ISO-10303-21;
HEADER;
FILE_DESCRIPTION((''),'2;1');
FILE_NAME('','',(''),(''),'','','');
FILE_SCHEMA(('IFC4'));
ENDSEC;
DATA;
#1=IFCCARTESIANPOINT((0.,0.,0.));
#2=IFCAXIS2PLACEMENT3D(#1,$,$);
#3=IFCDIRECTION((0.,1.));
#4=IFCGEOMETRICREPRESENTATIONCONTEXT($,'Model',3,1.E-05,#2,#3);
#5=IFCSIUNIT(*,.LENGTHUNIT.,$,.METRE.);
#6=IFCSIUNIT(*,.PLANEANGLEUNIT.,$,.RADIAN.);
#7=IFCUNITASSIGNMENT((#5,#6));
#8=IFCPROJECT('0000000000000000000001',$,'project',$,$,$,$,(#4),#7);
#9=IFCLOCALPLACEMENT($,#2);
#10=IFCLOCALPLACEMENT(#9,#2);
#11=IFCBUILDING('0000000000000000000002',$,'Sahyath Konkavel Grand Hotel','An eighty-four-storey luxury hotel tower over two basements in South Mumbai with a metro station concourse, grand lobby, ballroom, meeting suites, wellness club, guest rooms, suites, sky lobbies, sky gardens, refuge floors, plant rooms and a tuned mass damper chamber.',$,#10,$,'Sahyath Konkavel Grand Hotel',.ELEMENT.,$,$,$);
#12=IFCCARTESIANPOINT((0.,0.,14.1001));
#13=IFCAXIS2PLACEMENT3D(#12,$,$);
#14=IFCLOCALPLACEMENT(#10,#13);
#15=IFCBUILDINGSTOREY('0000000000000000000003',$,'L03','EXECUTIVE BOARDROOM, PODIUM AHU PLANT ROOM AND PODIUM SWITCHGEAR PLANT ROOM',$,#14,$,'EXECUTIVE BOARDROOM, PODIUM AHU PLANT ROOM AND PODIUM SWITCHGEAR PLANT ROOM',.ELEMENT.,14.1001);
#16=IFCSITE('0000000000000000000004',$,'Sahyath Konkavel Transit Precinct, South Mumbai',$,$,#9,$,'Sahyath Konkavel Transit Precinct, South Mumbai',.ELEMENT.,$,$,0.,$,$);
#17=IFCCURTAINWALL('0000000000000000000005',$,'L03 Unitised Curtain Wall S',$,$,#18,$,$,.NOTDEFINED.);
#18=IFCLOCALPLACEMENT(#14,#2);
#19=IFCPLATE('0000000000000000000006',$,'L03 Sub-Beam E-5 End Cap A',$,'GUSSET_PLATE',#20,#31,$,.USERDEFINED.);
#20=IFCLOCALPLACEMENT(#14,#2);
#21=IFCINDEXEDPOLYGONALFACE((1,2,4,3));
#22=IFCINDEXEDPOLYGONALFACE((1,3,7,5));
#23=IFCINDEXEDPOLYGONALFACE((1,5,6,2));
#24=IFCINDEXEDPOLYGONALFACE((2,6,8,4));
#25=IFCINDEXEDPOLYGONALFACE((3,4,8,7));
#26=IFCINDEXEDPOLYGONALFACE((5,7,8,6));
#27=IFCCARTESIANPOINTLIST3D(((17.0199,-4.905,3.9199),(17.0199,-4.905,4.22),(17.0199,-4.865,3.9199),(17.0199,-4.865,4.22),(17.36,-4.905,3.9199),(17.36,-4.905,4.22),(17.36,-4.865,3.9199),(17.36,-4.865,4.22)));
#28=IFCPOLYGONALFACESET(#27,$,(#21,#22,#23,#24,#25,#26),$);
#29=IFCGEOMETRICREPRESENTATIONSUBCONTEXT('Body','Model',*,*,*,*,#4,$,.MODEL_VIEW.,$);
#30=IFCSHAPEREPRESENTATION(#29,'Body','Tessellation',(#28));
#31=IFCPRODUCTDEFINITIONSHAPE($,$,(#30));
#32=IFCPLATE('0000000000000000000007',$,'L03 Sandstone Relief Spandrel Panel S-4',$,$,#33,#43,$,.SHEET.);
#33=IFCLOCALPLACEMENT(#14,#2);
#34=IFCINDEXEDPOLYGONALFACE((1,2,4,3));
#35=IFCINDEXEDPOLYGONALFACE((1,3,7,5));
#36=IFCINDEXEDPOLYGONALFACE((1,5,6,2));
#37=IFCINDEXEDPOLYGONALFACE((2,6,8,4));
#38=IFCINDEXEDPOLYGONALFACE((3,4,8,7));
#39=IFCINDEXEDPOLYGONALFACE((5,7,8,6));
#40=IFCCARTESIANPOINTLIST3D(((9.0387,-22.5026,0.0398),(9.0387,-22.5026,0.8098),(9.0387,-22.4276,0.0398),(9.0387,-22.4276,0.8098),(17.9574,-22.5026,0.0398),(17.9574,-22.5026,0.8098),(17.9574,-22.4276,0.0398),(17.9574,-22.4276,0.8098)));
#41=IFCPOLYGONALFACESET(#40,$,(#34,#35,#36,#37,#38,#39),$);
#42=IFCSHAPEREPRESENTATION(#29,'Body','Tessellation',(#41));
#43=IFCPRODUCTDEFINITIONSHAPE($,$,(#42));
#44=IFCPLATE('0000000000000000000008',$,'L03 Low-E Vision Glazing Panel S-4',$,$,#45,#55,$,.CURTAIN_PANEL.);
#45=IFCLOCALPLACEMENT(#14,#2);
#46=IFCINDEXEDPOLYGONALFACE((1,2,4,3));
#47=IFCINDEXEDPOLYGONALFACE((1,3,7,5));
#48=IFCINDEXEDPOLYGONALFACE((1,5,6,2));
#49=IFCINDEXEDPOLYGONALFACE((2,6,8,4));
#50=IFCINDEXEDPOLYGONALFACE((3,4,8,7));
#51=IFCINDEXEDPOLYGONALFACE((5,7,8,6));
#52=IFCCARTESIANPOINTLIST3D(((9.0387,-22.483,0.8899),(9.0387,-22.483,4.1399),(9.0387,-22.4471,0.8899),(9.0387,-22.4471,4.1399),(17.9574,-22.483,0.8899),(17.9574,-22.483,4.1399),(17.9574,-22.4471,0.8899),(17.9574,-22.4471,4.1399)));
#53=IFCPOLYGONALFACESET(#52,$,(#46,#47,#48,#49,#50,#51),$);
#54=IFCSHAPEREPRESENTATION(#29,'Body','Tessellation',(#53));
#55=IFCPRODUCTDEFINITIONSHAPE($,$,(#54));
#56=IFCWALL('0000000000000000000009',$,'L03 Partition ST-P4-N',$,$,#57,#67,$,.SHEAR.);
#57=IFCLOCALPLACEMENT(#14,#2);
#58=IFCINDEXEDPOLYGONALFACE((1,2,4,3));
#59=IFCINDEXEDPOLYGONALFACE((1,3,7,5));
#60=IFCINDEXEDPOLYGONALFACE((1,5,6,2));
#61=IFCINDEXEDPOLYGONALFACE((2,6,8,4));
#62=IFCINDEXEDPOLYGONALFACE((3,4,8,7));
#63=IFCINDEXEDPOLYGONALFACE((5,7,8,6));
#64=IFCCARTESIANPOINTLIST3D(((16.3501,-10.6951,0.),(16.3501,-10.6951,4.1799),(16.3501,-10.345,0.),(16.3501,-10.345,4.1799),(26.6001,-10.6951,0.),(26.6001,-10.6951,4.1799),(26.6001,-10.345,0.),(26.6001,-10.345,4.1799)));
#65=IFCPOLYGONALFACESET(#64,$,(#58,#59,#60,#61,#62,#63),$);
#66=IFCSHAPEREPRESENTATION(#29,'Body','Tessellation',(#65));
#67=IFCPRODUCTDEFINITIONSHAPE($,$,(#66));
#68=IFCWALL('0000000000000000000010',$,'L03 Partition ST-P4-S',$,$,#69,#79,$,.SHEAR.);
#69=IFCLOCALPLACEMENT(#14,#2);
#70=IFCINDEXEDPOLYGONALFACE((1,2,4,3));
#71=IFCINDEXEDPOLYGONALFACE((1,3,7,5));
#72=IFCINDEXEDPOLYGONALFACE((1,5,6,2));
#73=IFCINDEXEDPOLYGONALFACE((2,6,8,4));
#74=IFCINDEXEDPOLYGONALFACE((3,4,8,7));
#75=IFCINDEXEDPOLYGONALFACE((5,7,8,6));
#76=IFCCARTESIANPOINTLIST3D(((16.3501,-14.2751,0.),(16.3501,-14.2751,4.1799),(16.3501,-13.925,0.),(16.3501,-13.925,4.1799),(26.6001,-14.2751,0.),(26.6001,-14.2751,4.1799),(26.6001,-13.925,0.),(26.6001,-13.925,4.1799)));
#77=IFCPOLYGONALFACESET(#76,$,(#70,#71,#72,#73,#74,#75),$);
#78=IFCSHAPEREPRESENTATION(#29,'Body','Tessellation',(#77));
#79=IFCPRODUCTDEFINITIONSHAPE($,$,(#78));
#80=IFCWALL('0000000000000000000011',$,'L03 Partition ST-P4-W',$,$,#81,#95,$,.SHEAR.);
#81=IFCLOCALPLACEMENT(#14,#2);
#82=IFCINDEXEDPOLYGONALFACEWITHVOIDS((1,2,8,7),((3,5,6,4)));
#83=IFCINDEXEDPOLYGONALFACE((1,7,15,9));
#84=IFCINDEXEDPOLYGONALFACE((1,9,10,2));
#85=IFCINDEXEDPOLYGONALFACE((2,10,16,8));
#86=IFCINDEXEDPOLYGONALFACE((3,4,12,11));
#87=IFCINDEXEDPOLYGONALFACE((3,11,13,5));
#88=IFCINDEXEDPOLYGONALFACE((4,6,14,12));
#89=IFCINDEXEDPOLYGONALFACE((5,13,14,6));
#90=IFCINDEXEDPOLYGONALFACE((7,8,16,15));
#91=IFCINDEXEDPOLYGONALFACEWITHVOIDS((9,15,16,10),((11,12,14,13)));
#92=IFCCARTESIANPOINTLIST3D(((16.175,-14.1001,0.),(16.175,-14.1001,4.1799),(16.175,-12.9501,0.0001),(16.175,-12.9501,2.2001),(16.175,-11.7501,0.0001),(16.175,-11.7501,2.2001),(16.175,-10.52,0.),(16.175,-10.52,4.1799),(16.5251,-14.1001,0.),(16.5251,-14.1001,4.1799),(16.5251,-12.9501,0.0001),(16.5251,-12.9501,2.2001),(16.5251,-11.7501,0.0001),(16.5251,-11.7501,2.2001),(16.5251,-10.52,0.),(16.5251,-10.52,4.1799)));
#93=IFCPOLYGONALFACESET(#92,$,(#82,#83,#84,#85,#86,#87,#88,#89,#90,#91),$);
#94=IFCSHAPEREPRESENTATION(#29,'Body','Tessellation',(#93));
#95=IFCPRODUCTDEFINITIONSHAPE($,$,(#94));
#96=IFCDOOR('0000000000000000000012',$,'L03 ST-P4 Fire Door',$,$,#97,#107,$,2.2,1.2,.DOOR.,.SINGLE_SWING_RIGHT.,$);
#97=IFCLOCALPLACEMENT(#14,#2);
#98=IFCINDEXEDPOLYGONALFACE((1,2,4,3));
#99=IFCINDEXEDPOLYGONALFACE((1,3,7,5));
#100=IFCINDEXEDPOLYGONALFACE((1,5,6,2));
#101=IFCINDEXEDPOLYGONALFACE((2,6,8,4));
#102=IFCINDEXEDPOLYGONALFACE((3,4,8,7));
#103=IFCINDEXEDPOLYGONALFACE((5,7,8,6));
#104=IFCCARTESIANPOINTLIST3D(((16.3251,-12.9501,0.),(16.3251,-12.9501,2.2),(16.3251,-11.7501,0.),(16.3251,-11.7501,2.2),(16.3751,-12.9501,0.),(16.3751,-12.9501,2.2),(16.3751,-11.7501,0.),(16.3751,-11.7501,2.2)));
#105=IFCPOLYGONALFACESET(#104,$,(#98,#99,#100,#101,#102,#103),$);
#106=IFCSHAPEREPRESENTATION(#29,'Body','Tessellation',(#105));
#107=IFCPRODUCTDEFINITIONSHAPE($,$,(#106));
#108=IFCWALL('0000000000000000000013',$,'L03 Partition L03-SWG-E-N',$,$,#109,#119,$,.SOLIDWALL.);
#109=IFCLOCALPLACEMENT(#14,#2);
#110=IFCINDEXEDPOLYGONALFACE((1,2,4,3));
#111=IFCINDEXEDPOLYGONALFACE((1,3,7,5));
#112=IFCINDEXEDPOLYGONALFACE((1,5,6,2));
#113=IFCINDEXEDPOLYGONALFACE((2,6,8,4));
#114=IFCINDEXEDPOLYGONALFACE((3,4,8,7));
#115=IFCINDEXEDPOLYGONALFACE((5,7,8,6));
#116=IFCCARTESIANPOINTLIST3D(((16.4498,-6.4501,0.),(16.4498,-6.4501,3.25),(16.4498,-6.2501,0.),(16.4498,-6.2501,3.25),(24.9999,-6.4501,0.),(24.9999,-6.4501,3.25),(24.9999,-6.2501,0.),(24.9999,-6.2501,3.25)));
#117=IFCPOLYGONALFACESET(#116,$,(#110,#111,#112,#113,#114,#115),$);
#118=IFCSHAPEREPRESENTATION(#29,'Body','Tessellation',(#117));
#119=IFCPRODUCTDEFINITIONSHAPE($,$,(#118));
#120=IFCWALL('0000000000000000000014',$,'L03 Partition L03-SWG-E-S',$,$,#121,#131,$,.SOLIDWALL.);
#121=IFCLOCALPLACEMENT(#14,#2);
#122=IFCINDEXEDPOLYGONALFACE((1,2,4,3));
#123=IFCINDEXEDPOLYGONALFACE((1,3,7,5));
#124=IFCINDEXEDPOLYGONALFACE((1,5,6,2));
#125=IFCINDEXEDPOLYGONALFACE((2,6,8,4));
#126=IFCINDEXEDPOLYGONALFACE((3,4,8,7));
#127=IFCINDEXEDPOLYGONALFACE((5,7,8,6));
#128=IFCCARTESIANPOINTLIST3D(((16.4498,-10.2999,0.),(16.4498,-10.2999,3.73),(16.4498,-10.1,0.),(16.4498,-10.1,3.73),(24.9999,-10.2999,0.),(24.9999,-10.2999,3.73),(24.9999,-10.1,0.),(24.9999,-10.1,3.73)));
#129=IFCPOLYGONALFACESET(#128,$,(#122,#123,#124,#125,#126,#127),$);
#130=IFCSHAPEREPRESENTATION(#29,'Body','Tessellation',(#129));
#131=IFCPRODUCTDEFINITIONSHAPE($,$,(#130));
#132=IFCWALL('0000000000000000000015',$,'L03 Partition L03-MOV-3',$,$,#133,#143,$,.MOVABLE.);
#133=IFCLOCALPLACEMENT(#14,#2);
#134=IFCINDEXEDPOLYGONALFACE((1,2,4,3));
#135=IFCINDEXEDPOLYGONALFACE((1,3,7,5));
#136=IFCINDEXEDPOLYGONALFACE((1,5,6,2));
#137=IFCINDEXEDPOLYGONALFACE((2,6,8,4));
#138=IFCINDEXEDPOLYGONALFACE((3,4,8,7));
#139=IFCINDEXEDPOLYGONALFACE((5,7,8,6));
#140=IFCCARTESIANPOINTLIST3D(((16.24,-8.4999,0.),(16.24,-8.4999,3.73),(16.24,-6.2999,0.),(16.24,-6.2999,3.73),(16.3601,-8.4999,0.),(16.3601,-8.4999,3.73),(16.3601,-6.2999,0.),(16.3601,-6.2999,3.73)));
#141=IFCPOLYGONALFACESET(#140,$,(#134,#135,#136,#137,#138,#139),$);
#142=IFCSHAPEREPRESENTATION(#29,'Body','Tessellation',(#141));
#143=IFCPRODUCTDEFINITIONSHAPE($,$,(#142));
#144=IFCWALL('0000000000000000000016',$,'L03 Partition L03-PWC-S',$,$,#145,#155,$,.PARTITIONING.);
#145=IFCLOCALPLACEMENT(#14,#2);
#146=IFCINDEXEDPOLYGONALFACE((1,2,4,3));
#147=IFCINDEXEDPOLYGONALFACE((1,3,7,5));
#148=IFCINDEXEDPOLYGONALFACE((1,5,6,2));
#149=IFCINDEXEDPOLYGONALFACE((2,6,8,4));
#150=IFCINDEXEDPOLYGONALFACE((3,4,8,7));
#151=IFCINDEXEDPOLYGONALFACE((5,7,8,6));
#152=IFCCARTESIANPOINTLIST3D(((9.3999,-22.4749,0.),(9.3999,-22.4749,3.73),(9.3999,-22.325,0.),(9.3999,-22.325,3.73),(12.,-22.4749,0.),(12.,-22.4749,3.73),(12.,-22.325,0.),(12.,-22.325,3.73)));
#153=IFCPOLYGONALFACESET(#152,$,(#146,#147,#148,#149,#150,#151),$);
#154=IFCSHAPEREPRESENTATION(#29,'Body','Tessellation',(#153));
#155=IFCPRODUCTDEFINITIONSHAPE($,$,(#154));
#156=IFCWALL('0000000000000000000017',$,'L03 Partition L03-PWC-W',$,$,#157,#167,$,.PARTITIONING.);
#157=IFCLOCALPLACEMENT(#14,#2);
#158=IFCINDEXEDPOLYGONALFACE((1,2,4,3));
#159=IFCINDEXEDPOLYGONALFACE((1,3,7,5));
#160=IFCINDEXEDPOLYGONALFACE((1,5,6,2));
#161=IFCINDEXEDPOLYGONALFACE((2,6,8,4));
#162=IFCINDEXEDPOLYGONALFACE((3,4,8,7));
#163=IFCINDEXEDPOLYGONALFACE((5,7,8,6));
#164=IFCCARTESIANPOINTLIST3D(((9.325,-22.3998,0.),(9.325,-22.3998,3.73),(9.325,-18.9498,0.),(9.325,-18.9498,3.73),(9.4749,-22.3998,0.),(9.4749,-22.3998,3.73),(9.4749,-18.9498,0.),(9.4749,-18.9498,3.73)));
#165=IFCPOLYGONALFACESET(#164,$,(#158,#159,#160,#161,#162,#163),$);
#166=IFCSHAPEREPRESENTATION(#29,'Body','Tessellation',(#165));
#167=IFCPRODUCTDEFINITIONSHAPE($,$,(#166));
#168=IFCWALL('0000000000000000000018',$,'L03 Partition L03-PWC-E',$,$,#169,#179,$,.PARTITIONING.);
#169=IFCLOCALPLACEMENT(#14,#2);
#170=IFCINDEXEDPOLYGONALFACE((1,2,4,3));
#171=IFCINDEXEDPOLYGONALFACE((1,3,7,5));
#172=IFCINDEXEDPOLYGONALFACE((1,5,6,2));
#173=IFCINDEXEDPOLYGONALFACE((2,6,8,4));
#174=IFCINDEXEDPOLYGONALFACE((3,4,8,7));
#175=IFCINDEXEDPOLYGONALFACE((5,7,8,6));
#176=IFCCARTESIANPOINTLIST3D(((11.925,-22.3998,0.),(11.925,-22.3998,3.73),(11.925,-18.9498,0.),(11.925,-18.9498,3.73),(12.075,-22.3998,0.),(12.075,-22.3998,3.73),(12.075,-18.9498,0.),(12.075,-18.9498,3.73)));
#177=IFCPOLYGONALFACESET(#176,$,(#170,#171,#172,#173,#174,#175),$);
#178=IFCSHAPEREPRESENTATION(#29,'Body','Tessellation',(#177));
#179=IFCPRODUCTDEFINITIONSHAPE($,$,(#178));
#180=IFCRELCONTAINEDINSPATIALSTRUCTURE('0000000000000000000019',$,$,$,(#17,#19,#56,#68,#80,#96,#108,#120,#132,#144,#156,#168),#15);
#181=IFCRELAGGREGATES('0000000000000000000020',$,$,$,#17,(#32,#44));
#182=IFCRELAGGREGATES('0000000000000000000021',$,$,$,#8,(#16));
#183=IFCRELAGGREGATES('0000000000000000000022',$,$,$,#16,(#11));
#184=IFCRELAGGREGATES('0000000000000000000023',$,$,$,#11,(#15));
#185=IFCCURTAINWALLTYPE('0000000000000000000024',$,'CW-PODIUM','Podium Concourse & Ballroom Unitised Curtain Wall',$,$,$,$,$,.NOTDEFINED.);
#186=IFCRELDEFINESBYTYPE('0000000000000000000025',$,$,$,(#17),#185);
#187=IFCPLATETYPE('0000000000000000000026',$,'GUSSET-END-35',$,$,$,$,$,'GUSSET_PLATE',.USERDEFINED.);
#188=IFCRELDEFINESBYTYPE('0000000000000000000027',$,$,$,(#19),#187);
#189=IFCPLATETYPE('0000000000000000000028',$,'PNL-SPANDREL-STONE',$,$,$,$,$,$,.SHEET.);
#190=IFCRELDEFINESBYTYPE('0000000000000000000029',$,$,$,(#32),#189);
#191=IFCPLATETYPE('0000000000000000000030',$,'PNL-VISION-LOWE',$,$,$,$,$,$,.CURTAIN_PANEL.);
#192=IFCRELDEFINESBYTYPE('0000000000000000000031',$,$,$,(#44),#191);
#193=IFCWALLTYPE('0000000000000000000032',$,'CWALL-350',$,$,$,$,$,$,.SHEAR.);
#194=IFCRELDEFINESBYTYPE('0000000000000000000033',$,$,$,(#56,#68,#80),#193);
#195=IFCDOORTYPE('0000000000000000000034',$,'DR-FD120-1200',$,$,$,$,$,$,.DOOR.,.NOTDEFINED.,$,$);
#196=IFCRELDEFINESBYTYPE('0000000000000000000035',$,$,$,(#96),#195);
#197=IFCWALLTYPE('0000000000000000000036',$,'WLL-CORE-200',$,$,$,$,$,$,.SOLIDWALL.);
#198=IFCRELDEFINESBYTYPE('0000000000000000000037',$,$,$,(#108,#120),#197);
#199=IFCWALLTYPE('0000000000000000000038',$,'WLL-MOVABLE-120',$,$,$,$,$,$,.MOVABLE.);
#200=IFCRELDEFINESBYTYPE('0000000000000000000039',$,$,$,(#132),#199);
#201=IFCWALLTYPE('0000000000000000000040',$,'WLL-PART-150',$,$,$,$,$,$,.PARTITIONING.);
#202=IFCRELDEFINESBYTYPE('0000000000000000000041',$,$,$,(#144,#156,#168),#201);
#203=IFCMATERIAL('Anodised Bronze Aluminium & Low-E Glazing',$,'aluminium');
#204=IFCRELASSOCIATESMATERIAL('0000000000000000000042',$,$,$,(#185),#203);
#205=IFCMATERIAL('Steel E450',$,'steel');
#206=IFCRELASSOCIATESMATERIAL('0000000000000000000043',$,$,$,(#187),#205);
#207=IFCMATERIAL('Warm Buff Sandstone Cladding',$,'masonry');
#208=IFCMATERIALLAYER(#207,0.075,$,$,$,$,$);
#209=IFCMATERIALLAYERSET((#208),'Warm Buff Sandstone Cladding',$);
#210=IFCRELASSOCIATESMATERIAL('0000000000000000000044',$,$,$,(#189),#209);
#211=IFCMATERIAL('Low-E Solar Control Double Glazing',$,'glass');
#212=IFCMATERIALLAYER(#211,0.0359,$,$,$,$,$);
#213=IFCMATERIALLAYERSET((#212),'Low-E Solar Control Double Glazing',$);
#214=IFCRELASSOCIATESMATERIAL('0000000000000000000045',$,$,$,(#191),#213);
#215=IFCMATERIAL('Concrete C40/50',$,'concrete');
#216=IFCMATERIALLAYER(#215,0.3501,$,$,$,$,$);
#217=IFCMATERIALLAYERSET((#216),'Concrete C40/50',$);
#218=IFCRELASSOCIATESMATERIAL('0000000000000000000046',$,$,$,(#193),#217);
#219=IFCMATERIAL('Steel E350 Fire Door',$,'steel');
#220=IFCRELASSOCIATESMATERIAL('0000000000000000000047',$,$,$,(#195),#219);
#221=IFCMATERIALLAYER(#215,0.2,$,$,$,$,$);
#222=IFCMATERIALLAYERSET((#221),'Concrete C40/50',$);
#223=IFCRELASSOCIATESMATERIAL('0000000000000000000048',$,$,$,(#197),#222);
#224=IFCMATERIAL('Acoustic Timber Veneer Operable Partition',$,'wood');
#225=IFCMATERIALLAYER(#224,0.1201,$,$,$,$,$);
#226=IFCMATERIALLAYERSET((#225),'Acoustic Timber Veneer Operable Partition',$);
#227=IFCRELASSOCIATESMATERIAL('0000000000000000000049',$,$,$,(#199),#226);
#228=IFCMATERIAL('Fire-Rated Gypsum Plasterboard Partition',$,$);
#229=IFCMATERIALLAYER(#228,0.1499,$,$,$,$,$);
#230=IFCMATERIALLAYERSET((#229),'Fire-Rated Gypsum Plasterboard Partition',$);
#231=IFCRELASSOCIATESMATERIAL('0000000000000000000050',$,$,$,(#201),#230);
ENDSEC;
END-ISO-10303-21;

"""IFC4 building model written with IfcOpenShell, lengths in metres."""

from ifc_helpers import new_model, si_unit, direction, frame, frame_2d, origin, origin_2d, place, context, subcontext, project, spatial, rectangle, extrude, source, transform, mapped, material, layer, layer_set, type_object, element, fill, aggregate, save


model = new_model("IFC4")

# Units and contexts
model_context = context("Model", 3, precision=1e-05, world=origin(), true_north=direction((0.0, 1.0)))
body_context = subcontext(model_context, "Body", "Model", "MODEL_VIEW")
ifc_project = project(units=[si_unit("LENGTHUNIT", "METRE"), si_unit("PLANEANGLEUNIT", "RADIAN")], contexts=[model_context])

# Site, building, storey
site_placement = place(None, origin())
site = spatial("IfcSite", under=ifc_project, at=site_placement, Name="Sahyath Konkavel Transit Precinct, South Mumbai", LongName="Sahyath Konkavel Transit Precinct, South Mumbai", CompositionType="ELEMENT", RefElevation=0.0)
building_placement = place(site_placement, origin())
building = spatial("IfcBuilding", under=site, at=building_placement, Name="Sahyath Konkavel Grand Hotel", Description="An eighty-four-storey luxury hotel tower over two basements in South Mumbai with a metro station concourse, grand lobby, ballroom, meeting suites, wellness club, guest rooms, suites, sky lobbies, sky gardens, refuge floors, plant rooms and a tuned mass damper chamber.", LongName="Sahyath Konkavel Grand Hotel", CompositionType="ELEMENT")
storey_placement = place(building_placement, frame((0.0, 0.0, 14.1001)))
storey = spatial("IfcBuildingStorey", under=building, at=storey_placement, Name="L03", Description="EXECUTIVE BOARDROOM, PODIUM AHU PLANT ROOM AND PODIUM SWITCHGEAR PLANT ROOM", LongName="EXECUTIVE BOARDROOM, PODIUM AHU PLANT ROOM AND PODIUM SWITCHGEAR PLANT ROOM", CompositionType="ELEMENT", Elevation=14.1001)

# Shared definitions
ifc_material_1 = material(Name="Steel E450", Category="steel")

# Curtain wall
ifc_material_2 = material(Name="Anodised Bronze Aluminium & Low-E Glazing", Category="aluminium")
curtain_wall_type = type_object("IfcCurtainWallType", Name="CW-PODIUM", Description="Podium Concourse & Ballroom Unitised Curtain Wall", PredefinedType="NOTDEFINED", material=ifc_material_2)
curtain_wall_placement = place(storey_placement, origin())
curtain_wall = element("IfcCurtainWall", 1, at=curtain_wall_placement, inside=storey, type_object=curtain_wall_type, Name="L03 Unitised Curtain Wall S", PredefinedType="NOTDEFINED")

# Plate
plate_type_1 = type_object("IfcPlateType", Name="GUSSET-END-35", ElementType="GUSSET_PLATE", PredefinedType="USERDEFINED", material=ifc_material_1)
shared_shape_1 = source(origin(), body_context, "Body", "SweptSolid", [
    extrude(rectangle(XDim=0.04, YDim=0.3401, at=origin_2d()), origin(), (0.0, 0.0, 1.0), 0.3),
])
plate_1_placement = place(storey_placement, frame((17.1899, -4.885, 3.9199), z_axis=(0.0, 0.0, 1.0), x_axis=(0.0, 1.0, 0.0)))
element("IfcPlate", 2, at=plate_1_placement, inside=storey, type_object=plate_type_1, Name="L03 Sub-Beam E-5 End Cap A", ObjectType="GUSSET_PLATE", PredefinedType="USERDEFINED", context=body_context, shape_type="MappedRepresentation", body=[
    mapped(shared_shape_1, transform((0.0, 0.0, 0.0), scale=1.0)),
])

# Plates
ifc_material_3 = material(Name="Warm Buff Sandstone Cladding", Category="masonry")
ifc_layer_1 = layer(ifc_material_3, 0.075)
ifc_layer_set_1 = layer_set([ifc_layer_1], Name="Warm Buff Sandstone Cladding")
plate_type_2 = type_object("IfcPlateType", Name="PNL-SPANDREL-STONE", PredefinedType="SHEET", material=ifc_layer_set_1)
shared_shape_2 = source(origin(), body_context, "Body", "SweptSolid", [
    extrude(rectangle(XDim=8.9187, YDim=0.075, at=origin_2d()), origin(), (0.0, 0.0, 1.0), 0.77),
])
plate_2_placement = place(storey_placement, frame((13.498, -22.4651, 0.0398), z_axis=(0.0, 0.0, 1.0), x_axis=(1.0, 0.0, 0.0)))
plate_2 = element("IfcPlate", 3, at=plate_2_placement, type_object=plate_type_2, Name="L03 Sandstone Relief Spandrel Panel S-4", PredefinedType="SHEET", context=body_context, shape_type="MappedRepresentation", body=[
    mapped(shared_shape_2, transform((0.0, 0.0, 0.0), scale=1.0)),
])
ifc_material_4 = material(Name="Low-E Solar Control Double Glazing", Category="glass")
ifc_layer_2 = layer(ifc_material_4, 0.0359)
ifc_layer_set_2 = layer_set([ifc_layer_2], Name="Low-E Solar Control Double Glazing")
plate_type_3 = type_object("IfcPlateType", Name="PNL-VISION-LOWE", PredefinedType="CURTAIN_PANEL", material=ifc_layer_set_2)
shared_shape_3 = source(origin(), body_context, "Body", "SweptSolid", [
    extrude(rectangle(XDim=8.9187, YDim=0.0359, at=origin_2d()), origin(), (0.0, 0.0, 1.0), 3.25),
])
plate_3_placement = place(storey_placement, frame((13.498, -22.4651, 0.8899), z_axis=(0.0, 0.0, 1.0), x_axis=(1.0, 0.0, 0.0)))
plate_3 = element("IfcPlate", 4, at=plate_3_placement, type_object=plate_type_3, Name="L03 Low-E Vision Glazing Panel S-4", PredefinedType="CURTAIN_PANEL", context=body_context, shape_type="MappedRepresentation", body=[
    mapped(shared_shape_3, transform((0.0, 0.0, 0.0), scale=1.0)),
])
aggregate(curtain_wall, [plate_2, plate_3])

# Walls
ifc_material_5 = material(Name="Concrete C40/50", Category="concrete")
ifc_layer_3 = layer(ifc_material_5, 0.3501)
ifc_layer_set_3 = layer_set([ifc_layer_3], Name="Concrete C40/50")
wall_type_1 = type_object("IfcWallType", Name="CWALL-350", PredefinedType="SHEAR", material=ifc_layer_set_3)
for number, where, z_axis, x_axis, name in (
    (5, (16.3501, -10.52, 0.0), (0.0, 0.0, 1.0), (1.0, 0.0, 0.0), "L03 Partition ST-P4-N"),
    (6, (16.3501, -14.1001, 0.0), (0.0, 0.0, 1.0), (1.0, 0.0, 0.0), "L03 Partition ST-P4-S"),
):
    element("IfcWall", number, at=place(storey_placement, frame(where, z_axis=z_axis, x_axis=x_axis)), inside=storey, type_object=wall_type_1, Name=name, PredefinedType="SHEAR", context=body_context, shape_type="SweptSolid", body=[
        extrude(rectangle(XDim=10.25, YDim=0.3501, at=frame_2d((5.125, 0.0))), origin(), (0.0, 0.0, 1.0), 4.1799),
    ])

# Wall, opening, door
wall_1_placement = place(storey_placement, frame((16.3501, -14.1001, 0.0), z_axis=(0.0, 0.0, 1.0), x_axis=(0.0, 1.0, 0.0)))
wall_1 = element("IfcWall", 7, at=wall_1_placement, inside=storey, type_object=wall_type_1, Name="L03 Partition ST-P4-W", PredefinedType="SHEAR", context=body_context, shape_type="SweptSolid", body=[
    extrude(rectangle(XDim=3.5801, YDim=0.3501, at=frame_2d((1.79, 0.0))), origin(), (0.0, 0.0, 1.0), 4.1799),
])
opening_1_placement = place(wall_1_placement, frame((1.1499, 0.0, 0.0)))
opening_1 = element("IfcOpeningElement", 8, at=opening_1_placement, cuts=wall_1, PredefinedType="OPENING", context=body_context, shape_type="SweptSolid", body=[
    extrude(rectangle(XDim=1.2, YDim=2.2, at=frame_2d((0.6001, 1.1001))), frame((0.0, 0.1851, 0.0), z_axis=(0.0, -1.0, 0.0), x_axis=(1.0, 0.0, 0.0)), (0.0, 0.0, 1.0), 0.3701),
])
ifc_material_6 = material(Name="Steel E350 Fire Door", Category="steel")
door_type_1 = type_object("IfcDoorType", Name="DR-FD120-1200", OperationType="NOTDEFINED", PredefinedType="DOOR", material=ifc_material_6)
shared_shape_4 = source(origin(), body_context, "Body", "SweptSolid", [
    extrude(rectangle(XDim=1.2, YDim=0.05, at=origin_2d()), origin(), (0.0, 0.0, 1.0), 2.2),
])
door_1_placement = place(opening_1_placement, frame((0.6001, 0.0, 0.0)))
door_1 = element("IfcDoor", 9, at=door_1_placement, inside=storey, type_object=door_type_1, Name="L03 ST-P4 Fire Door", OperationType="SINGLE_SWING_RIGHT", OverallHeight=2.2, OverallWidth=1.2, PredefinedType="DOOR", context=body_context, shape_type="MappedRepresentation", body=[
    mapped(shared_shape_4, transform((0.0, 0.0, 0.0), scale=1.0)),
])
fill(opening_1, door_1)

# Walls
ifc_layer_4 = layer(ifc_material_5, 0.2)
ifc_layer_set_4 = layer_set([ifc_layer_4], Name="Concrete C40/50")
wall_type_2 = type_object("IfcWallType", Name="WLL-CORE-200", PredefinedType="SOLIDWALL", material=ifc_layer_set_4)
wall_2_placement = place(storey_placement, frame((16.45, -6.3501, 0.0), z_axis=(0.0, 0.0, 1.0), x_axis=(1.0, 0.0, 0.0)))
element("IfcWall", 10, at=wall_2_placement, inside=storey, type_object=wall_type_2, Name="L03 Partition L03-SWG-E-N", PredefinedType="SOLIDWALL", context=body_context, shape_type="SweptSolid", body=[
    extrude(rectangle(XDim=8.55, YDim=0.2, at=frame_2d((4.2749, 0.0))), origin(), (0.0, 0.0, 1.0), 3.25),
])
wall_3_placement = place(storey_placement, frame((16.45, -10.2, 0.0), z_axis=(0.0, 0.0, 1.0), x_axis=(1.0, 0.0, 0.0)))
element("IfcWall", 11, at=wall_3_placement, inside=storey, type_object=wall_type_2, Name="L03 Partition L03-SWG-E-S", PredefinedType="SOLIDWALL", context=body_context, shape_type="SweptSolid", body=[
    extrude(rectangle(XDim=8.55, YDim=0.2, at=frame_2d((4.2749, 0.0))), origin(), (0.0, 0.0, 1.0), 3.73),
])

# Wall
ifc_material_7 = material(Name="Acoustic Timber Veneer Operable Partition", Category="wood")
ifc_layer_5 = layer(ifc_material_7, 0.1201)
ifc_layer_set_5 = layer_set([ifc_layer_5], Name="Acoustic Timber Veneer Operable Partition")
wall_type_3 = type_object("IfcWallType", Name="WLL-MOVABLE-120", PredefinedType="MOVABLE", material=ifc_layer_set_5)
wall_4_placement = place(storey_placement, frame((16.3, -8.5, 0.0), z_axis=(0.0, 0.0, 1.0), x_axis=(0.0, 1.0, 0.0)))
element("IfcWall", 12, at=wall_4_placement, inside=storey, type_object=wall_type_3, Name="L03 Partition L03-MOV-3", PredefinedType="MOVABLE", context=body_context, shape_type="SweptSolid", body=[
    extrude(rectangle(XDim=2.2, YDim=0.1201, at=frame_2d((1.1001, 0.0))), origin(), (0.0, 0.0, 1.0), 3.73),
])

# Shared definitions
ifc_material_8 = material(Name="Fire-Rated Gypsum Plasterboard Partition")
ifc_layer_6 = layer(ifc_material_8, 0.1499)
ifc_layer_set_6 = layer_set([ifc_layer_6], Name="Fire-Rated Gypsum Plasterboard Partition")
wall_type_4 = type_object("IfcWallType", Name="WLL-PART-150", PredefinedType="PARTITIONING", material=ifc_layer_set_6)

# Walls
wall_5_placement = place(storey_placement, frame((9.3999, -22.3999, 0.0), z_axis=(0.0, 0.0, 1.0), x_axis=(1.0, 0.0, 0.0)))
element("IfcWall", 13, at=wall_5_placement, inside=storey, type_object=wall_type_4, Name="L03 Partition L03-PWC-S", PredefinedType="PARTITIONING", context=body_context, shape_type="SweptSolid", body=[
    extrude(rectangle(XDim=2.6001, YDim=0.1499, at=frame_2d((1.3, 0.0))), origin(), (0.0, 0.0, 1.0), 3.73),
])
for number, where, z_axis, x_axis, name in (
    (14, (9.3999, -22.3999, 0.0), (0.0, 0.0, 1.0), (0.0, 1.0, 0.0), "L03 Partition L03-PWC-W"),
    (15, (12.0, -22.3999, 0.0), (0.0, 0.0, 1.0), (0.0, 1.0, 0.0), "L03 Partition L03-PWC-E"),
):
    element("IfcWall", number, at=place(storey_placement, frame(where, z_axis=z_axis, x_axis=x_axis)), inside=storey, type_object=wall_type_4, Name=name, PredefinedType="PARTITIONING", context=body_context, shape_type="SweptSolid", body=[
        extrude(rectangle(XDim=3.45, YDim=0.1499, at=frame_2d((1.7251, 0.0))), origin(), (0.0, 0.0, 1.0), 3.73),
    ])

save(model, "model.ifc")
